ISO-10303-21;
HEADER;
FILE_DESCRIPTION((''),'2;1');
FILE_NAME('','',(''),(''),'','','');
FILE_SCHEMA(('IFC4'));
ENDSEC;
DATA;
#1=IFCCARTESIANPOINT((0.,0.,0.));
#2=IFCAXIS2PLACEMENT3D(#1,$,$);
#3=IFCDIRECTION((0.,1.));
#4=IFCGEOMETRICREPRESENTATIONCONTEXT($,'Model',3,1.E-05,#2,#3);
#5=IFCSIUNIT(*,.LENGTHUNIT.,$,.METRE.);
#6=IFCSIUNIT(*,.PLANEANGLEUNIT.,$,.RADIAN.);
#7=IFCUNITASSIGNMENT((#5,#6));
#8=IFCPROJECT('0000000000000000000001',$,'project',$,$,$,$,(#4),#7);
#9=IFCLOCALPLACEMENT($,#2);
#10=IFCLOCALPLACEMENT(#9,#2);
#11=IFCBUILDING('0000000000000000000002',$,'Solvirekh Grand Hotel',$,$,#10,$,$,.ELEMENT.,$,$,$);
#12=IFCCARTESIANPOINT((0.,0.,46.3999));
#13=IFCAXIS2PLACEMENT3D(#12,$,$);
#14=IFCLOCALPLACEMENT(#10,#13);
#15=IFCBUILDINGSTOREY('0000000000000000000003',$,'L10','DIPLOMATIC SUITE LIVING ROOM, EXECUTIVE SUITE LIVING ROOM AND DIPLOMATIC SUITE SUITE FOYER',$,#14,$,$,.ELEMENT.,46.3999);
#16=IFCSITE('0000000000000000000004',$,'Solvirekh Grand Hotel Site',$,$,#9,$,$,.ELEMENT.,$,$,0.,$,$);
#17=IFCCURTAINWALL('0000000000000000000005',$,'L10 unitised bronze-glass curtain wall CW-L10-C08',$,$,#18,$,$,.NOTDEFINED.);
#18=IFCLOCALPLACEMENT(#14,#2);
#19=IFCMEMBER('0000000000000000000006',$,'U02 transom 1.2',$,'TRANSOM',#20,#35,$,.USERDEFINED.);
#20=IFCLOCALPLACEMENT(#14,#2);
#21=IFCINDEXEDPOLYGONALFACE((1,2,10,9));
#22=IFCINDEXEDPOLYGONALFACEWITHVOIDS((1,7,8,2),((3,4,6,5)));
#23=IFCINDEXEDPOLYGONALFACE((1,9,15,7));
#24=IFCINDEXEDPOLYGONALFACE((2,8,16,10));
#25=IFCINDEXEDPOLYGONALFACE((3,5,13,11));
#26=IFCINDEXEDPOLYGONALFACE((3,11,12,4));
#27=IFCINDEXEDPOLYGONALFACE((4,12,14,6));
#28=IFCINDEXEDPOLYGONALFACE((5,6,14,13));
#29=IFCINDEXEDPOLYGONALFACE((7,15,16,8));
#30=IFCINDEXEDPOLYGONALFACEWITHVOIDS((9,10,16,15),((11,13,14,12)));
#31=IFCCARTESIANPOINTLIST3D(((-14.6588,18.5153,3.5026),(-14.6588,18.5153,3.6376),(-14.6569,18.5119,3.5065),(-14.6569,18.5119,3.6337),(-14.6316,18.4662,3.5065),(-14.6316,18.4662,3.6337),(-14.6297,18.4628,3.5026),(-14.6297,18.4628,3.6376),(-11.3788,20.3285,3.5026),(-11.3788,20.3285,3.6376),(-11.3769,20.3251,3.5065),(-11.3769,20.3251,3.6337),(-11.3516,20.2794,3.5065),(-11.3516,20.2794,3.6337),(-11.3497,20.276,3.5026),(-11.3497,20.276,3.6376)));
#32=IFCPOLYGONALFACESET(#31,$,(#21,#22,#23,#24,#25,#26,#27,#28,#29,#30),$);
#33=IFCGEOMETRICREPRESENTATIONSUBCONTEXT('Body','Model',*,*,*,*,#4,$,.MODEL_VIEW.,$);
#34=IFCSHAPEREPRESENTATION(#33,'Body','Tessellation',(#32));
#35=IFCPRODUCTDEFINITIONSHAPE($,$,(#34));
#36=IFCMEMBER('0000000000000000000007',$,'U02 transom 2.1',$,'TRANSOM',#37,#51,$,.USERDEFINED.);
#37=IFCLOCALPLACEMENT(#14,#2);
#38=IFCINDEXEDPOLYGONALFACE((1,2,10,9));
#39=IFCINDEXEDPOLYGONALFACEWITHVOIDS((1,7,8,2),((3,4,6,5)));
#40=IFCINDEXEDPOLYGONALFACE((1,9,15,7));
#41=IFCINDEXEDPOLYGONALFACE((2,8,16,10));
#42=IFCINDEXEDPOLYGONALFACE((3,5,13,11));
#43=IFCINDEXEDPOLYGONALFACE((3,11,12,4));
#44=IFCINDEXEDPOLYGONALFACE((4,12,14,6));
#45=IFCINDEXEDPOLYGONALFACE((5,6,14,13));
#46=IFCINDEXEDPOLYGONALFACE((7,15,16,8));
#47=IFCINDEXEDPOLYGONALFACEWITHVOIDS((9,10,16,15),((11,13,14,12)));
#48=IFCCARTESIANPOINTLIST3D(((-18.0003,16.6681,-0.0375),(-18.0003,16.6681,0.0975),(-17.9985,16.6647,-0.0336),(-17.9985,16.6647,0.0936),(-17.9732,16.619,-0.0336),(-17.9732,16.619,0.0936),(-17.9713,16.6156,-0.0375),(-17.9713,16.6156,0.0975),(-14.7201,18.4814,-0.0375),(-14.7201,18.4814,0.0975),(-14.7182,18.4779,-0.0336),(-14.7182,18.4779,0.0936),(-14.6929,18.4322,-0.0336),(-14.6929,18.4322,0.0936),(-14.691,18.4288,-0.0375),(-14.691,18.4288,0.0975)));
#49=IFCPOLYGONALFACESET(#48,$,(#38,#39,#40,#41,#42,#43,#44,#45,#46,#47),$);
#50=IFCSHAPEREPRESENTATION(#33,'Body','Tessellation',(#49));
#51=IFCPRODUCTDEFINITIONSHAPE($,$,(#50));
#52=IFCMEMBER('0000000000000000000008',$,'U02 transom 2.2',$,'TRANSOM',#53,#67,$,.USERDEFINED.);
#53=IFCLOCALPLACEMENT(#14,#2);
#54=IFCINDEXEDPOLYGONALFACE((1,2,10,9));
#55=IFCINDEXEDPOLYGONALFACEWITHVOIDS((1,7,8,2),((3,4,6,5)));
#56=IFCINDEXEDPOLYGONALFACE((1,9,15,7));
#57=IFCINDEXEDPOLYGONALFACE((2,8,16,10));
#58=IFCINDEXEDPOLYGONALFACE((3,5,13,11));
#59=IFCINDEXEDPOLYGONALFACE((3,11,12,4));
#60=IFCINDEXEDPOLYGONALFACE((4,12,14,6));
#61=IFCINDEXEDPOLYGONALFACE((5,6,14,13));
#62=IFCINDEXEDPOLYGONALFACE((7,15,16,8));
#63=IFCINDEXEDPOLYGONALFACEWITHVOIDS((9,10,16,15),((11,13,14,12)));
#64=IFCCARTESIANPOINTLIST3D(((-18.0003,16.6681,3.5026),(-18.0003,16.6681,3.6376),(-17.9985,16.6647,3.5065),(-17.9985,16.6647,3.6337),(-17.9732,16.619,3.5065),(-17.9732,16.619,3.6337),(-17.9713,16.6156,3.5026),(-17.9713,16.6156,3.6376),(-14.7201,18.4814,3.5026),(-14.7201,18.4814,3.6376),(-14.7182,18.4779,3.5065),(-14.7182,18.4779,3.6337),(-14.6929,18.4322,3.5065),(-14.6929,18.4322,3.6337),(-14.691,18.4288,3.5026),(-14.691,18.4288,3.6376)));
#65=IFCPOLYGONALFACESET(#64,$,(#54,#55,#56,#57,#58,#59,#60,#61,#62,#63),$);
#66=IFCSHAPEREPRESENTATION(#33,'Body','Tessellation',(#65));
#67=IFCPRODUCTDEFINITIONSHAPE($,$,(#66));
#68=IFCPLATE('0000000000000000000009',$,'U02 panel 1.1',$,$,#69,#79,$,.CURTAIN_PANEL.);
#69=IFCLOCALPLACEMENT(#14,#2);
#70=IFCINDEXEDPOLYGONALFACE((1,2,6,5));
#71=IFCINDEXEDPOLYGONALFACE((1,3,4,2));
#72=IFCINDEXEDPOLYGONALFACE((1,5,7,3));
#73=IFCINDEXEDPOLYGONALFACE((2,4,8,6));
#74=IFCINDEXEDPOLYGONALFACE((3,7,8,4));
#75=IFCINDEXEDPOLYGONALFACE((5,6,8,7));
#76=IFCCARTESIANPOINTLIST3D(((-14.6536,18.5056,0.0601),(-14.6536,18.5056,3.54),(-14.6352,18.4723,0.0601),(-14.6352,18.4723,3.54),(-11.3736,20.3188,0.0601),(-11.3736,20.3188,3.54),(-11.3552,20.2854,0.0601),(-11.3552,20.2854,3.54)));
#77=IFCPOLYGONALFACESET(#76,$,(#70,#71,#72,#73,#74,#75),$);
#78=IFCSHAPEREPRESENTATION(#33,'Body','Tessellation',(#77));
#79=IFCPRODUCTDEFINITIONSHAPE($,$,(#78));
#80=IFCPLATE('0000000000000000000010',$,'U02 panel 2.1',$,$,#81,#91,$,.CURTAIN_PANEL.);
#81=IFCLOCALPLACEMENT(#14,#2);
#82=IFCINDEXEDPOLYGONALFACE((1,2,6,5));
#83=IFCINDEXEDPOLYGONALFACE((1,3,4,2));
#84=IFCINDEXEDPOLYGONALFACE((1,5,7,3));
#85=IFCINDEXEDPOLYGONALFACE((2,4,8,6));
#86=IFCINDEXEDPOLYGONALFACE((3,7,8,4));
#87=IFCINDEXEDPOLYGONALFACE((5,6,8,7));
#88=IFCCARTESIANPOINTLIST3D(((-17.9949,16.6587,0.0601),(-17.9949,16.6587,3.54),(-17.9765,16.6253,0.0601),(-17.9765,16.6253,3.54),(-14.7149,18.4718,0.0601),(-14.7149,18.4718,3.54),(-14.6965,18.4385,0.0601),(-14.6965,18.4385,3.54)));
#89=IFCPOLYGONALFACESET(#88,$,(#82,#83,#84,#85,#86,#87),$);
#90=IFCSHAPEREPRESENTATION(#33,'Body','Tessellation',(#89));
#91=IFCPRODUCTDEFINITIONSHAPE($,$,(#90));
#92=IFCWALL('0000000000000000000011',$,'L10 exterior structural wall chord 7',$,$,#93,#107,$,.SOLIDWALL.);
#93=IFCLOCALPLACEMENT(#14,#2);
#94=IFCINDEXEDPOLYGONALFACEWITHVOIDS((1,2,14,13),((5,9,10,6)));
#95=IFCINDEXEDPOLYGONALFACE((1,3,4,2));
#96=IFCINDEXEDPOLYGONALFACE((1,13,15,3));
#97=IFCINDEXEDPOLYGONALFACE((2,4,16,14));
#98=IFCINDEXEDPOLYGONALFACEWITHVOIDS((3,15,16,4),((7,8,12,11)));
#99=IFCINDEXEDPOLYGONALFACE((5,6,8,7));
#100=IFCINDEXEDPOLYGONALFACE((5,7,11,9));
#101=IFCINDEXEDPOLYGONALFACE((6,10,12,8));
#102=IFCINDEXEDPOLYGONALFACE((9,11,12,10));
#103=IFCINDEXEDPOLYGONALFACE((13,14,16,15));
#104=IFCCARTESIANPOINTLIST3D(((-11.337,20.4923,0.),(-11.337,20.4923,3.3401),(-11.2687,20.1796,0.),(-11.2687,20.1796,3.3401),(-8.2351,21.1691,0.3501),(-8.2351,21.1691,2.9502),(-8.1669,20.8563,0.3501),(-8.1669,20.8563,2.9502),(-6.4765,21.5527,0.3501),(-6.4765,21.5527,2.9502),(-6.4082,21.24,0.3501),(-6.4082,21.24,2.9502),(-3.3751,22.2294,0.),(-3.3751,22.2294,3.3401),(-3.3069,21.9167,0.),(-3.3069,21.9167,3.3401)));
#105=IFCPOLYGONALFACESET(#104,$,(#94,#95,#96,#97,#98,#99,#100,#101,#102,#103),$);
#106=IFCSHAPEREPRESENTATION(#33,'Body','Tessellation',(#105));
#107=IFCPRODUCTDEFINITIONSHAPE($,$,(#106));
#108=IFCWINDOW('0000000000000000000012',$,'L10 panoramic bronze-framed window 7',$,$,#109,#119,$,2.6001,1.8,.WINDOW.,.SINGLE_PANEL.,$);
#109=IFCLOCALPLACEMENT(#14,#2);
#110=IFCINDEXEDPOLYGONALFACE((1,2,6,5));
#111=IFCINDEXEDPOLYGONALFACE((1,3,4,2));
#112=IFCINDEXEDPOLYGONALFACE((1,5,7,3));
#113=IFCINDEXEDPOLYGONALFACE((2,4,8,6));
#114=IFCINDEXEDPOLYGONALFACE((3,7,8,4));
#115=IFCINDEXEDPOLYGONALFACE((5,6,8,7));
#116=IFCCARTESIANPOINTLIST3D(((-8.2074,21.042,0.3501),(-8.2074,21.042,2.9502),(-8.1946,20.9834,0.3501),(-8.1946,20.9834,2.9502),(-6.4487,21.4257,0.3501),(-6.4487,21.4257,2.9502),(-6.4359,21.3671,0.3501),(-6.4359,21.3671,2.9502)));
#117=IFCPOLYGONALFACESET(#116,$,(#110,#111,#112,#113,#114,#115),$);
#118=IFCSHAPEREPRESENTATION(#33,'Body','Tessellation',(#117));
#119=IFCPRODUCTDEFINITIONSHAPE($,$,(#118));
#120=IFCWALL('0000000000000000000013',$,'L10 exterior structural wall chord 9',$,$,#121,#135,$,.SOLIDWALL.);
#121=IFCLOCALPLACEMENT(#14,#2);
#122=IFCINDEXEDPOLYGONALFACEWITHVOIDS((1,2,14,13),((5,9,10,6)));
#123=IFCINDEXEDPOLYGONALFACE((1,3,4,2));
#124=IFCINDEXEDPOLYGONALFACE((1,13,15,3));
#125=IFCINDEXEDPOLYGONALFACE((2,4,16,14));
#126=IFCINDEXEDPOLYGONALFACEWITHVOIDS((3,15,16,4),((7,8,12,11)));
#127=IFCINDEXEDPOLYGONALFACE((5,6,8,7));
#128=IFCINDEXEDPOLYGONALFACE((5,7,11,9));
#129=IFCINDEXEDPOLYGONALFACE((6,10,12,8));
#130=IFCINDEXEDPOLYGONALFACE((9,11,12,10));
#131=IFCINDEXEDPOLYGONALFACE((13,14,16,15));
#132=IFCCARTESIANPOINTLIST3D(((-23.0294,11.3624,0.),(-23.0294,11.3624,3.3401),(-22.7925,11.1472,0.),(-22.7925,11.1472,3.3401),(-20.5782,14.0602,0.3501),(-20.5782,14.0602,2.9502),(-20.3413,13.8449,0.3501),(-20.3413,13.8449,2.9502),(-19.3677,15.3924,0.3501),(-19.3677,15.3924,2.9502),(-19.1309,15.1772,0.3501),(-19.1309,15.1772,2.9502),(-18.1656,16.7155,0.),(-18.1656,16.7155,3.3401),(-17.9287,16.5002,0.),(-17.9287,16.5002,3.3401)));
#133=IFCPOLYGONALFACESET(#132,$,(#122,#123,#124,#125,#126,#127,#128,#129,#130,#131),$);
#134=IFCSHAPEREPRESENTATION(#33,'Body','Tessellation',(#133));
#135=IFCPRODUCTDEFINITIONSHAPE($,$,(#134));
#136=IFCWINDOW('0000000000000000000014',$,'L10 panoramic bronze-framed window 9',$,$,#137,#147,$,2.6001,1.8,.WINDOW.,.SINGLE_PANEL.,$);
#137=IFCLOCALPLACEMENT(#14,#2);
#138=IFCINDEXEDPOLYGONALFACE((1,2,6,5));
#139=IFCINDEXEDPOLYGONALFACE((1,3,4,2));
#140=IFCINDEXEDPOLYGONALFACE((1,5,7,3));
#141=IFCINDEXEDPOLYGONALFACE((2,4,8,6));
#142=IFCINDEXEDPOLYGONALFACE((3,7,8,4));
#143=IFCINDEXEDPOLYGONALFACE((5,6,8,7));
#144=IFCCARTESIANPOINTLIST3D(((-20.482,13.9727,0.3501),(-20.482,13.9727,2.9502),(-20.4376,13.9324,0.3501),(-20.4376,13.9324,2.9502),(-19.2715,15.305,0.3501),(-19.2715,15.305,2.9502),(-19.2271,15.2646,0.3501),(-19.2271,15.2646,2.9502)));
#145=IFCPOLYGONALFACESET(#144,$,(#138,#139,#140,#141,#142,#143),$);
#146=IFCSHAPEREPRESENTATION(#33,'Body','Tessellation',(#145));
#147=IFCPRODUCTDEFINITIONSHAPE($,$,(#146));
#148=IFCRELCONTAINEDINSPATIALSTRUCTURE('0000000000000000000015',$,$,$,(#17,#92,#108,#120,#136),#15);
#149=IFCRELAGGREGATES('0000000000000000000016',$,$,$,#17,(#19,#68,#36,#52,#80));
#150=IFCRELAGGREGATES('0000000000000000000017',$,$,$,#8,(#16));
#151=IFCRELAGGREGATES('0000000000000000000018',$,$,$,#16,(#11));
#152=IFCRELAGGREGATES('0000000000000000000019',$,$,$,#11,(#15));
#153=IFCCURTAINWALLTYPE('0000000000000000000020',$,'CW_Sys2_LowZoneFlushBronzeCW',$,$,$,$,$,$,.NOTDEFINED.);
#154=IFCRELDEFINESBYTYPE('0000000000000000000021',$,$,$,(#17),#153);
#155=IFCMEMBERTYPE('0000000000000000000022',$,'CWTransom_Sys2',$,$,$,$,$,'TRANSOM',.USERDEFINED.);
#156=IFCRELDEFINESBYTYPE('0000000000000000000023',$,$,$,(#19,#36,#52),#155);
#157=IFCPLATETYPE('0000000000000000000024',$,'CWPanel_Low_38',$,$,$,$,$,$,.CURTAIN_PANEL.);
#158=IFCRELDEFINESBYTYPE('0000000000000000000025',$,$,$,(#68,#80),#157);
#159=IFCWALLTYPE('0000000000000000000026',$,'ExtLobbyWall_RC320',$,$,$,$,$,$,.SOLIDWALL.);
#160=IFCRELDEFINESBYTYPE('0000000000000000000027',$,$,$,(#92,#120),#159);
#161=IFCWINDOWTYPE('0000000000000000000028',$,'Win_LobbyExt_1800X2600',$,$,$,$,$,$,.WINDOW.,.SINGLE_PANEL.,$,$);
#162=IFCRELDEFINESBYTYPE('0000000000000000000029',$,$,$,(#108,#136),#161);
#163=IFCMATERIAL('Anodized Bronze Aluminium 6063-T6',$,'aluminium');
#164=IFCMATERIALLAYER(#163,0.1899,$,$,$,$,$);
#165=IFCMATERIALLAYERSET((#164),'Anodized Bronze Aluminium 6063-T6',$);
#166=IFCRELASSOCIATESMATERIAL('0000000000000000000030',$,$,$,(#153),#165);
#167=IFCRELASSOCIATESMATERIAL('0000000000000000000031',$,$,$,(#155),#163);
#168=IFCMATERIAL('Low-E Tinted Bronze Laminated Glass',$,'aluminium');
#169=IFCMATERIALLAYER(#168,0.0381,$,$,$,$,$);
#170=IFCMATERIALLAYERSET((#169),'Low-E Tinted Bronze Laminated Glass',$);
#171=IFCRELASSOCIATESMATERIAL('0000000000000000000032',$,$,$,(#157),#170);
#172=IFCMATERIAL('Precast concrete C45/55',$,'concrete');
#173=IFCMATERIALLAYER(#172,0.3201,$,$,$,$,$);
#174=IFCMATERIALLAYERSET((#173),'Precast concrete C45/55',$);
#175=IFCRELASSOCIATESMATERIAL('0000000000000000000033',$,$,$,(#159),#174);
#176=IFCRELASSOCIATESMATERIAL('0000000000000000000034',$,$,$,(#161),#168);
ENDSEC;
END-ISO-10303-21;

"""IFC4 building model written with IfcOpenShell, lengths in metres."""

from ifc_helpers import new_model, si_unit, direction, frame, frame_2d, origin, origin_2d, place, context, subcontext, project, spatial, rectangle, hollow_rectangle, extrude, source, transform, mapped, material, layer, layer_set, material_profile, profile_set, type_object, element, fill, aggregate, save


model = new_model("IFC4")

# Units and contexts
model_context = context("Model", 3, precision=1e-05, world=origin(), true_north=direction((0.0, 1.0)))
body_context = subcontext(model_context, "Body", "Model", "MODEL_VIEW")
ifc_project = project(units=[si_unit("LENGTHUNIT", "METRE"), si_unit("PLANEANGLEUNIT", "RADIAN")], contexts=[model_context])

# Site, building, storey
site_placement = place(None, origin())
site = spatial("IfcSite", under=ifc_project, at=site_placement, Name="Solvirekh Grand Hotel Site", CompositionType="ELEMENT", RefElevation=0.0)
building_placement = place(site_placement, origin())
building = spatial("IfcBuilding", under=site, at=building_placement, Name="Solvirekh Grand Hotel", CompositionType="ELEMENT")
storey_placement = place(building_placement, frame((0.0, 0.0, 46.3999)))
storey = spatial("IfcBuildingStorey", under=building, at=storey_placement, Name="L10", Description="DIPLOMATIC SUITE LIVING ROOM, EXECUTIVE SUITE LIVING ROOM AND DIPLOMATIC SUITE SUITE FOYER", CompositionType="ELEMENT", Elevation=46.3999)

# Curtain wall, members, plates
ifc_material_1 = material(Name="Anodized Bronze Aluminium 6063-T6", Category="aluminium")
ifc_layer_1 = layer(ifc_material_1, 0.1899)
ifc_layer_set_1 = layer_set([ifc_layer_1], Name="Anodized Bronze Aluminium 6063-T6")
curtain_wall_type = type_object("IfcCurtainWallType", Name="CW_Sys2_LowZoneFlushBronzeCW", PredefinedType="NOTDEFINED", material=ifc_layer_set_1)
curtain_wall_placement = place(storey_placement, origin())
curtain_wall = element("IfcCurtainWall", 1, at=curtain_wall_placement, inside=storey, type_object=curtain_wall_type, Name="L10 unitised bronze-glass curtain wall CW-L10-C08", PredefinedType="NOTDEFINED")
ifc_material_profile_1 = material_profile(ifc_material_1, hollow_rectangle(XDim=0.0601, YDim=0.135, WallThickness=0.0039, at=origin_2d()), Name="ALU RHS 135X60X4")
ifc_profile_set_1 = profile_set([ifc_material_profile_1], Name="Anodized Bronze Aluminium 6063-T6")
member_type_1 = type_object("IfcMemberType", Name="CWTransom_Sys2", ElementType="TRANSOM", PredefinedType="USERDEFINED", material=ifc_profile_set_1)
shared_shape_1 = source(origin(), body_context, "Body", "SweptSolid", [
    extrude(hollow_rectangle(XDim=0.0601, YDim=0.135, WallThickness=0.0039, at=origin_2d()), origin(), (0.0, 0.0, 1.0), 3.7478),
])
member_1_placement = place(storey_placement, frame((-11.3643, 20.3022, 3.5701), z_axis=(-0.875175, -0.483806, 0.0), x_axis=(0.483806, -0.875175, 0.0)))
member_1 = element("IfcMember", 2, at=member_1_placement, type_object=member_type_1, Name="U02 transom 1.2", ObjectType="TRANSOM", PredefinedType="USERDEFINED", context=body_context, shape_type="MappedRepresentation", body=[
    mapped(shared_shape_1, transform((0.0, 0.0, 0.0), x_axis=(1.0, 0.0, 0.0), y_axis=(0.0, 1.0, 0.0), z_axis=(0.0, 0.0, 1.0), scale=1.0)),
])
shared_shape_2 = source(origin(), body_context, "Body", "SweptSolid", [
    extrude(hollow_rectangle(XDim=0.0601, YDim=0.135, WallThickness=0.0039, at=origin_2d()), origin(), (0.0, 0.0, 1.0), 3.748),
])
member_2_placement = place(storey_placement, frame((-14.7056, 18.4551, 0.03), z_axis=(-0.875191, -0.483778, 0.0), x_axis=(0.483778, -0.875191, 0.0)))
member_2 = element("IfcMember", 3, at=member_2_placement, type_object=member_type_1, Name="U02 transom 2.1", ObjectType="TRANSOM", PredefinedType="USERDEFINED", context=body_context, shape_type="MappedRepresentation", body=[
    mapped(shared_shape_2, transform((0.0, 0.0, 0.0), x_axis=(1.0, 0.0, 0.0), y_axis=(0.0, 1.0, 0.0), z_axis=(0.0, 0.0, 1.0), scale=1.0)),
])
member_3_placement = place(storey_placement, frame((-14.7056, 18.4551, 3.5701), z_axis=(-0.875191, -0.483778, 0.0), x_axis=(0.483778, -0.875191, 0.0)))
member_3 = element("IfcMember", 4, at=member_3_placement, type_object=member_type_1, Name="U02 transom 2.2", ObjectType="TRANSOM", PredefinedType="USERDEFINED", context=body_context, shape_type="MappedRepresentation", body=[
    mapped(shared_shape_2, transform((0.0, 0.0, 0.0), x_axis=(1.0, 0.0, 0.0), y_axis=(0.0, 1.0, 0.0), z_axis=(0.0, 0.0, 1.0), scale=1.0)),
])
ifc_material_2 = material(Name="Low-E Tinted Bronze Laminated Glass", Category="aluminium")
ifc_layer_2 = layer(ifc_material_2, 0.0381)
ifc_layer_set_2 = layer_set([ifc_layer_2], Name="Low-E Tinted Bronze Laminated Glass")
plate_type = type_object("IfcPlateType", Name="CWPanel_Low_38", PredefinedType="CURTAIN_PANEL", material=ifc_layer_set_2)
shared_shape_3 = source(origin(), body_context, "Body", "SweptSolid", [
    extrude(rectangle(XDim=3.7478, YDim=0.0381, at=origin_2d()), origin(), (0.0, 0.0, 1.0), 3.48),
])
plate_1_placement = place(storey_placement, frame((-13.0044, 19.3955, 0.0601), z_axis=(0.0, 0.0, 1.0), x_axis=(-0.875184, -0.483791, 0.0)))
plate_1 = element("IfcPlate", 5, at=plate_1_placement, type_object=plate_type, Name="U02 panel 1.1", PredefinedType="CURTAIN_PANEL", context=body_context, shape_type="MappedRepresentation", body=[
    mapped(shared_shape_3, transform((0.0, 0.0, 0.0), x_axis=(1.0, 0.0, 0.0), y_axis=(0.0, 1.0, 0.0), z_axis=(0.0, 0.0, 1.0), scale=1.0)),
])
plate_2_placement = place(storey_placement, frame((-16.3457, 17.5486, 0.0601), z_axis=(0.0, 0.0, 1.0), x_axis=(-0.875184, -0.483791, 0.0)))
plate_2 = element("IfcPlate", 6, at=plate_2_placement, type_object=plate_type, Name="U02 panel 2.1", PredefinedType="CURTAIN_PANEL", context=body_context, shape_type="MappedRepresentation", body=[
    mapped(shared_shape_3, transform((0.0, 0.0, 0.0), x_axis=(1.0, 0.0, 0.0), y_axis=(0.0, 1.0, 0.0), z_axis=(0.0, 0.0, 1.0), scale=1.0)),
])
aggregate(curtain_wall, [member_1, plate_1, member_2, member_3, plate_2])

# Walls, openings, windows
ifc_material_3 = material(Name="Precast concrete C45/55", Category="concrete")
ifc_layer_3 = layer(ifc_material_3, 0.3201)
ifc_layer_set_3 = layer_set([ifc_layer_3], Name="Precast concrete C45/55")
wall_type_1 = type_object("IfcWallType", Name="ExtLobbyWall_RC320", PredefinedType="SOLIDWALL", material=ifc_layer_set_3)
wall_1_placement = place(storey_placement, frame((-11.303, 20.3359, 0.0), z_axis=(0.0, 0.0, 1.0), x_axis=(0.977018, 0.213157, 0.0)))
wall_1 = element("IfcWall", 7, at=wall_1_placement, inside=storey, type_object=wall_type_1, Name="L10 exterior structural wall chord 7", PredefinedType="SOLIDWALL", context=body_context, shape_type="SweptSolid", body=[
    extrude(rectangle(XDim=8.1492, YDim=0.3201, at=frame_2d((4.0747, 0.0))), origin(), (0.0, 0.0, 1.0), 3.3401),
])
opening_1_placement = place(wall_1_placement, frame((3.175, 0.0, 0.3501)))
opening_1 = element("IfcOpeningElement", 8, at=opening_1_placement, cuts=wall_1, PredefinedType="OPENING", context=body_context, shape_type="SweptSolid", body=[
    extrude(rectangle(XDim=1.8, YDim=2.6001, at=frame_2d((0.8999, 1.3))), frame((0.0, 0.1699, 0.0), z_axis=(0.0, -1.0, 0.0), x_axis=(1.0, 0.0, 0.0)), (0.0, 0.0, 1.0), 0.3401),
])
window_type = type_object("IfcWindowType", Name="Win_LobbyExt_1800X2600", PartitioningType="SINGLE_PANEL", PredefinedType="WINDOW", material=ifc_material_2)
window_1_placement = place(opening_1_placement, origin())
window_1 = element("IfcWindow", 9, at=window_1_placement, inside=storey, type_object=window_type, Name="L10 panoramic bronze-framed window 7", OverallHeight=2.6001, OverallWidth=1.8, PartitioningType="SINGLE_PANEL", PredefinedType="WINDOW", context=body_context, shape_type="SweptSolid", body=[
    extrude(rectangle(XDim=1.8, YDim=2.6001, at=frame_2d((0.8999, 1.3))), frame((0.0, 0.03, 0.0), z_axis=(0.0, -1.0, 0.0), x_axis=(1.0, 0.0, 0.0)), (0.0, 0.0, 1.0), 0.0601),
])
fill(opening_1, window_1)
wall_2_placement = place(storey_placement, frame((-22.9109, 11.2549, 0.0), z_axis=(0.0, 0.0, 1.0), x_axis=(0.672475, 0.74012, 0.0)))
wall_2 = element("IfcWall", 10, at=wall_2_placement, inside=storey, type_object=wall_type_1, Name="L10 exterior structural wall chord 9", PredefinedType="SOLIDWALL", context=body_context, shape_type="SweptSolid", body=[
    extrude(rectangle(XDim=7.2327, YDim=0.3201, at=frame_2d((3.6162, 0.0))), origin(), (0.0, 0.0, 1.0), 3.3401),
])
opening_2_placement = place(wall_2_placement, frame((3.645, 0.0, 0.3501)))
opening_2 = element("IfcOpeningElement", 11, at=opening_2_placement, cuts=wall_2, PredefinedType="OPENING", context=body_context, shape_type="SweptSolid", body=[
    extrude(rectangle(XDim=1.8, YDim=2.6001, at=frame_2d((0.8999, 1.3))), frame((0.0, 0.1699, 0.0), z_axis=(0.0, -1.0, 0.0), x_axis=(1.0, 0.0, 0.0)), (0.0, 0.0, 1.0), 0.3401),
])
window_2_placement = place(opening_2_placement, origin())
window_2 = element("IfcWindow", 12, at=window_2_placement, inside=storey, type_object=window_type, Name="L10 panoramic bronze-framed window 9", OverallHeight=2.6001, OverallWidth=1.8, PartitioningType="SINGLE_PANEL", PredefinedType="WINDOW", context=body_context, shape_type="SweptSolid", body=[
    extrude(rectangle(XDim=1.8, YDim=2.6001, at=frame_2d((0.8999, 1.3))), frame((0.0, 0.03, 0.0), z_axis=(0.0, -1.0, 0.0), x_axis=(1.0, 0.0, 0.0)), (0.0, 0.0, 1.0), 0.0601),
])
fill(opening_2, window_2)

save(model, "model.ifc")
